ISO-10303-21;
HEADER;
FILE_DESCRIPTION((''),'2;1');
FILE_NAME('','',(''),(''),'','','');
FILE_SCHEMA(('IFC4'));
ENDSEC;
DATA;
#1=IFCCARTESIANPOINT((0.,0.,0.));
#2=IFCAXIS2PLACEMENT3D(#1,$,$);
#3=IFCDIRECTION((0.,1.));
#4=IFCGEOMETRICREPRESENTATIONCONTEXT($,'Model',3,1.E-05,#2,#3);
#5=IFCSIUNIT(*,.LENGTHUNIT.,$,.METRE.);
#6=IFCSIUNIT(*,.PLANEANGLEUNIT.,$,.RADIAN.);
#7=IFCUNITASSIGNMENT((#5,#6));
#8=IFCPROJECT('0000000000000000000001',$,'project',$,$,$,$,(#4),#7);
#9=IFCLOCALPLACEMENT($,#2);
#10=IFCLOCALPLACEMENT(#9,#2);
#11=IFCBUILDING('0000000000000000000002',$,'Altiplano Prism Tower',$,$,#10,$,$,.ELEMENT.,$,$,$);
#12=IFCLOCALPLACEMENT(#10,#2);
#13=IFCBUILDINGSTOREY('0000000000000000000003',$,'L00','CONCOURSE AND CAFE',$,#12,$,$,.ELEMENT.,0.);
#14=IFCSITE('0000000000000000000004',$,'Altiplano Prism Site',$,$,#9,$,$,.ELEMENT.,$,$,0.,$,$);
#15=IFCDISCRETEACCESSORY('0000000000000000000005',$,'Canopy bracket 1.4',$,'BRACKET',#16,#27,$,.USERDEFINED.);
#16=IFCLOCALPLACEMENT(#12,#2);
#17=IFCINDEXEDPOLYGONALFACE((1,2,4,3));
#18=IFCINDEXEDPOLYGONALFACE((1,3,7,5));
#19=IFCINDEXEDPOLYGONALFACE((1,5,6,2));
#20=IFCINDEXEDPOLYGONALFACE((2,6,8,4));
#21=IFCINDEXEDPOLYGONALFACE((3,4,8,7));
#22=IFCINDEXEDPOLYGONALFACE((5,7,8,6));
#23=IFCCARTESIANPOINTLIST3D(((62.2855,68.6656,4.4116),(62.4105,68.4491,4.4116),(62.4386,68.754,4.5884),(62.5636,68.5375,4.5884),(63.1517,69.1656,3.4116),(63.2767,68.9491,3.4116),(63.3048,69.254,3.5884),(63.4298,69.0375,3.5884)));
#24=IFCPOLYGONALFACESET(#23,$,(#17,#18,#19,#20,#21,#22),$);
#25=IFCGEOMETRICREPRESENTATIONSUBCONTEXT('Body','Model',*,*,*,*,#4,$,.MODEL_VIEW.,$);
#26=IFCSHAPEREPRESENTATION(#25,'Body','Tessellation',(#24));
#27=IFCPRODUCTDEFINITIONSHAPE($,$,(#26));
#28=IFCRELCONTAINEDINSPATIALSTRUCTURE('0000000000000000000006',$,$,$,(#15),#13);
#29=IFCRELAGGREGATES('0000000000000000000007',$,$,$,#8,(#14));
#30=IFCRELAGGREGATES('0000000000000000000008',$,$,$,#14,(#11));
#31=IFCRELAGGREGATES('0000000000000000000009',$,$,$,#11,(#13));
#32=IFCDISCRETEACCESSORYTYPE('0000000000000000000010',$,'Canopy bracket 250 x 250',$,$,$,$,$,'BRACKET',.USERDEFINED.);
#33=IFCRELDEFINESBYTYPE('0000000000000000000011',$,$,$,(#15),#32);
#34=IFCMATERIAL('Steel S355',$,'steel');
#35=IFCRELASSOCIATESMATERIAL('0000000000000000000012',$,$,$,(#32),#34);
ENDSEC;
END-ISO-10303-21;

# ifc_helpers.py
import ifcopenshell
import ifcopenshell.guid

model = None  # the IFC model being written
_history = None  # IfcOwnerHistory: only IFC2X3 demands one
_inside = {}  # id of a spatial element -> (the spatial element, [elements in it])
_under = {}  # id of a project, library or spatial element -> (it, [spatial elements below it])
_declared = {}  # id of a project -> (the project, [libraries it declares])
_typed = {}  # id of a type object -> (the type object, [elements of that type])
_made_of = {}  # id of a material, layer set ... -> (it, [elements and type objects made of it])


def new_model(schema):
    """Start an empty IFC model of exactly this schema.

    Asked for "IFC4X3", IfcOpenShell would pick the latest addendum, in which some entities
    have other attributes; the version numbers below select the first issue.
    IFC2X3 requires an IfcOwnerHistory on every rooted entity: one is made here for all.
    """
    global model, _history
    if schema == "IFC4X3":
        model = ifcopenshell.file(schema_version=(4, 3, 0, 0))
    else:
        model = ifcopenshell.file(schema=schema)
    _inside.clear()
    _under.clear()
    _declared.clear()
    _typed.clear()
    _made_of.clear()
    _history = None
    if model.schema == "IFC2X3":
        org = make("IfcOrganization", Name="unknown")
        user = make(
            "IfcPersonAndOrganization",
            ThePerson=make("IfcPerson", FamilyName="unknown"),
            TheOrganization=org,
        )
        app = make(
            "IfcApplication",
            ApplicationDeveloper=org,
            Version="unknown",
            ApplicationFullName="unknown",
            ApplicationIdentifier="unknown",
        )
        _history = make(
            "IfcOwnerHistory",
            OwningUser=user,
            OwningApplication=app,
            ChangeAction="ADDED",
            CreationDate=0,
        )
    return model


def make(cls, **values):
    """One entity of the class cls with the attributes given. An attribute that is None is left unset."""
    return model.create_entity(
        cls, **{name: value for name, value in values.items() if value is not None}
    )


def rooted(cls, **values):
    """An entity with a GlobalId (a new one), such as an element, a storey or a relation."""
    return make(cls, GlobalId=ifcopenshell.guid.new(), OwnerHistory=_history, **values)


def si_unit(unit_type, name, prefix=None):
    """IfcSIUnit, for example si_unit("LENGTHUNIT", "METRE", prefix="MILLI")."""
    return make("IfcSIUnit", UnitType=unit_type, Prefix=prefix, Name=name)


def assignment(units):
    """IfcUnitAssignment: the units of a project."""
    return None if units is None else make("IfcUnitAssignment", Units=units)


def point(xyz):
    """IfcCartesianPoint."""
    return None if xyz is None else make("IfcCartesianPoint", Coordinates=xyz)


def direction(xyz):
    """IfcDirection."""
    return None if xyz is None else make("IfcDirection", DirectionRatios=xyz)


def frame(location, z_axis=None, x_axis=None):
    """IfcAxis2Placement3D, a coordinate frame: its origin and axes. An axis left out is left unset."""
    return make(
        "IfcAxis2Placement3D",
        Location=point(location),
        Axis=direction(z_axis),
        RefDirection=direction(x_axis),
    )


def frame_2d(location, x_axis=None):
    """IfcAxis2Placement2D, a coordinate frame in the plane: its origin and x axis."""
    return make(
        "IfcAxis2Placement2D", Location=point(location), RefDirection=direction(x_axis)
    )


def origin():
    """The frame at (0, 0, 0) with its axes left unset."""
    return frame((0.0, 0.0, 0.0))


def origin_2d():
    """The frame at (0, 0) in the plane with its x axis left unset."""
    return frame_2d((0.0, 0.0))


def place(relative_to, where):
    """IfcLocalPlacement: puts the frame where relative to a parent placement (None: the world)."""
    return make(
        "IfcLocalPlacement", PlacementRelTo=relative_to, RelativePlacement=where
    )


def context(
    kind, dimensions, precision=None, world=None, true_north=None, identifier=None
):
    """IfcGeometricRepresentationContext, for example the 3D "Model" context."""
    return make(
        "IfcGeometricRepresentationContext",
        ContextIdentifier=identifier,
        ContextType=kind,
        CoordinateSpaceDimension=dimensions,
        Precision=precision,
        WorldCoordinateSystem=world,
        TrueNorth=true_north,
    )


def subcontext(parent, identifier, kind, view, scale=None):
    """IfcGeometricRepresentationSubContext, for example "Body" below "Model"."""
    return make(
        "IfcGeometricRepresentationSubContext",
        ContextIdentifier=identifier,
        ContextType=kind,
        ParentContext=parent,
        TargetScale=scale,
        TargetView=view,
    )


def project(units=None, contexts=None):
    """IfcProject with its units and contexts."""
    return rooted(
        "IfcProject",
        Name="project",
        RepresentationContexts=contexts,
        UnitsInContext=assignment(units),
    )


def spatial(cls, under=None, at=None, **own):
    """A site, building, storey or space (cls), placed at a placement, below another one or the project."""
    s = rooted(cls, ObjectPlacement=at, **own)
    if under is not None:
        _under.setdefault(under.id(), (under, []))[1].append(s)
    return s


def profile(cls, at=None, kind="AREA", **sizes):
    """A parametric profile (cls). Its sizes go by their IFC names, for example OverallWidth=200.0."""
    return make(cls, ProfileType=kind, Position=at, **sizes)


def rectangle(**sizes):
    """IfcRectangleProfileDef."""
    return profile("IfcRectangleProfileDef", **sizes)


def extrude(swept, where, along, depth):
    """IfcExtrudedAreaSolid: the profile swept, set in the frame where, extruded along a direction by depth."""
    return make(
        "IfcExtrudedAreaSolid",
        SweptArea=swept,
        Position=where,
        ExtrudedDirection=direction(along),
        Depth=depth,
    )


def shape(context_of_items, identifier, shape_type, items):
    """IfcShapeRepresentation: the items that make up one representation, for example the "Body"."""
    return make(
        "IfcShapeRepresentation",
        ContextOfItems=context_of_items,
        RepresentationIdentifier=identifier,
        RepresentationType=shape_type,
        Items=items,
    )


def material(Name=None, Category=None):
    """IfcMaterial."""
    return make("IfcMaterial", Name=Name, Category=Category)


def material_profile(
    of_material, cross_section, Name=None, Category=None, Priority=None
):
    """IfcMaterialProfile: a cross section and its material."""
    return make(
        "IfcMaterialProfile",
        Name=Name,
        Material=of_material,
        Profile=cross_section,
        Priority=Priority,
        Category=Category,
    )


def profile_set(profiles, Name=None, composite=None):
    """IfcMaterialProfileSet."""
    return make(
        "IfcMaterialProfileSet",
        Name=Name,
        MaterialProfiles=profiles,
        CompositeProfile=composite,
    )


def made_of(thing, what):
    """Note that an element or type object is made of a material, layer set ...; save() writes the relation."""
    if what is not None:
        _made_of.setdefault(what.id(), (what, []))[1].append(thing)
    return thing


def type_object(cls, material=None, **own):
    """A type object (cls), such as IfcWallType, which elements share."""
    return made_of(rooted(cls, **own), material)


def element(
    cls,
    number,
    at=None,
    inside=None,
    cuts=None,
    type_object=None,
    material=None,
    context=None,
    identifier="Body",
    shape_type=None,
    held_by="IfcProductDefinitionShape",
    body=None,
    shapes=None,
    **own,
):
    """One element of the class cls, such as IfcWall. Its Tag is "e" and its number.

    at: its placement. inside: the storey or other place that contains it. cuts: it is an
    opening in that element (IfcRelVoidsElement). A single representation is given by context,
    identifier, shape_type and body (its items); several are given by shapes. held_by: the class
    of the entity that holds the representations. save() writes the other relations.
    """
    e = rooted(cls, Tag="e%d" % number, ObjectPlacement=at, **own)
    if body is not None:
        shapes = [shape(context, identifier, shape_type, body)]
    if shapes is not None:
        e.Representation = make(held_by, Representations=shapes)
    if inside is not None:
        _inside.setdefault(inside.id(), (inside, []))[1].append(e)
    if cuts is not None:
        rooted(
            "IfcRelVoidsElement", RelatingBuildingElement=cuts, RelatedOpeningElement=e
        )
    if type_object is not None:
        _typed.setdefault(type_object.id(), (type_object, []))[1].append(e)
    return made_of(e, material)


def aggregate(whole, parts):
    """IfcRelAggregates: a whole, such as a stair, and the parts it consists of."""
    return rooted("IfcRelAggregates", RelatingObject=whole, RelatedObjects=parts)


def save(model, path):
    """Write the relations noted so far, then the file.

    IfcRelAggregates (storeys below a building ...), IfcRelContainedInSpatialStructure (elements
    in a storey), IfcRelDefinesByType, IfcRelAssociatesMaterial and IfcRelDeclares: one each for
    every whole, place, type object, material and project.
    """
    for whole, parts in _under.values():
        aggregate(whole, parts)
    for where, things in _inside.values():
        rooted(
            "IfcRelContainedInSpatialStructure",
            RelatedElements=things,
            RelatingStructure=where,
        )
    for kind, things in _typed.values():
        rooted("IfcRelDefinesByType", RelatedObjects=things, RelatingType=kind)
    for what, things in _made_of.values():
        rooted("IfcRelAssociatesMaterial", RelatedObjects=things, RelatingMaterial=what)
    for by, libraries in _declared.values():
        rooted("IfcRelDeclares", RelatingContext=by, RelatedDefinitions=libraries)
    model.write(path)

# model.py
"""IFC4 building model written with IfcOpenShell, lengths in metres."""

from ifc_helpers import new_model, si_unit, direction, frame, origin, origin_2d, place, context, subcontext, project, spatial, rectangle, extrude, material, material_profile, profile_set, type_object, element, save


model = new_model("IFC4")

# Units and contexts
model_context = context("Model", 3, precision=1e-05, world=origin(), true_north=direction((0.0, 1.0)))
body_context = subcontext(model_context, "Body", "Model", "MODEL_VIEW")
ifc_project = project(units=[si_unit("LENGTHUNIT", "METRE"), si_unit("PLANEANGLEUNIT", "RADIAN")], contexts=[model_context])

# Site, building, storey
site_placement = place(None, origin())
site = spatial("IfcSite", under=ifc_project, at=site_placement, Name="Altiplano Prism Site", CompositionType="ELEMENT", RefElevation=0.0)
building_placement = place(site_placement, origin())
building = spatial("IfcBuilding", under=site, at=building_placement, Name="Altiplano Prism Tower", CompositionType="ELEMENT")
storey_placement = place(building_placement, origin())
storey = spatial("IfcBuildingStorey", under=building, at=storey_placement, Name="L00", Description="CONCOURSE AND CAFE", CompositionType="ELEMENT", Elevation=0.0)

# Discrete accessory
ifc_material_1 = material(Name="Steel S355", Category="steel")
ifc_material_profile_1 = material_profile(ifc_material_1, rectangle(XDim=0.25, YDim=0.25, at=origin_2d()), Name="Canopy bracket 250 x 250")
ifc_profile_set_1 = profile_set([ifc_material_profile_1], Name="Steel S355")
discrete_accessory_type = type_object("IfcDiscreteAccessoryType", Name="Canopy bracket 250 x 250", ElementType="BRACKET", PredefinedType="USERDEFINED", material=ifc_profile_set_1)
discrete_accessory_placement = place(storey_placement, frame((63.2908, 69.1016, 3.5), z_axis=(-0.612454, -0.353525, 0.70705), x_axis=(0.49992, -0.866072, 0.0)))
element("IfcDiscreteAccessory", 1, at=discrete_accessory_placement, inside=storey, type_object=discrete_accessory_type, Name="Canopy bracket 1.4", ObjectType="BRACKET", PredefinedType="USERDEFINED", context=body_context, shape_type="SweptSolid", body=[
    extrude(rectangle(XDim=0.25, YDim=0.25, at=origin_2d()), origin(), (0.0, 0.0, 1.0), 1.4143),
])

save(model, "model.ifc")
